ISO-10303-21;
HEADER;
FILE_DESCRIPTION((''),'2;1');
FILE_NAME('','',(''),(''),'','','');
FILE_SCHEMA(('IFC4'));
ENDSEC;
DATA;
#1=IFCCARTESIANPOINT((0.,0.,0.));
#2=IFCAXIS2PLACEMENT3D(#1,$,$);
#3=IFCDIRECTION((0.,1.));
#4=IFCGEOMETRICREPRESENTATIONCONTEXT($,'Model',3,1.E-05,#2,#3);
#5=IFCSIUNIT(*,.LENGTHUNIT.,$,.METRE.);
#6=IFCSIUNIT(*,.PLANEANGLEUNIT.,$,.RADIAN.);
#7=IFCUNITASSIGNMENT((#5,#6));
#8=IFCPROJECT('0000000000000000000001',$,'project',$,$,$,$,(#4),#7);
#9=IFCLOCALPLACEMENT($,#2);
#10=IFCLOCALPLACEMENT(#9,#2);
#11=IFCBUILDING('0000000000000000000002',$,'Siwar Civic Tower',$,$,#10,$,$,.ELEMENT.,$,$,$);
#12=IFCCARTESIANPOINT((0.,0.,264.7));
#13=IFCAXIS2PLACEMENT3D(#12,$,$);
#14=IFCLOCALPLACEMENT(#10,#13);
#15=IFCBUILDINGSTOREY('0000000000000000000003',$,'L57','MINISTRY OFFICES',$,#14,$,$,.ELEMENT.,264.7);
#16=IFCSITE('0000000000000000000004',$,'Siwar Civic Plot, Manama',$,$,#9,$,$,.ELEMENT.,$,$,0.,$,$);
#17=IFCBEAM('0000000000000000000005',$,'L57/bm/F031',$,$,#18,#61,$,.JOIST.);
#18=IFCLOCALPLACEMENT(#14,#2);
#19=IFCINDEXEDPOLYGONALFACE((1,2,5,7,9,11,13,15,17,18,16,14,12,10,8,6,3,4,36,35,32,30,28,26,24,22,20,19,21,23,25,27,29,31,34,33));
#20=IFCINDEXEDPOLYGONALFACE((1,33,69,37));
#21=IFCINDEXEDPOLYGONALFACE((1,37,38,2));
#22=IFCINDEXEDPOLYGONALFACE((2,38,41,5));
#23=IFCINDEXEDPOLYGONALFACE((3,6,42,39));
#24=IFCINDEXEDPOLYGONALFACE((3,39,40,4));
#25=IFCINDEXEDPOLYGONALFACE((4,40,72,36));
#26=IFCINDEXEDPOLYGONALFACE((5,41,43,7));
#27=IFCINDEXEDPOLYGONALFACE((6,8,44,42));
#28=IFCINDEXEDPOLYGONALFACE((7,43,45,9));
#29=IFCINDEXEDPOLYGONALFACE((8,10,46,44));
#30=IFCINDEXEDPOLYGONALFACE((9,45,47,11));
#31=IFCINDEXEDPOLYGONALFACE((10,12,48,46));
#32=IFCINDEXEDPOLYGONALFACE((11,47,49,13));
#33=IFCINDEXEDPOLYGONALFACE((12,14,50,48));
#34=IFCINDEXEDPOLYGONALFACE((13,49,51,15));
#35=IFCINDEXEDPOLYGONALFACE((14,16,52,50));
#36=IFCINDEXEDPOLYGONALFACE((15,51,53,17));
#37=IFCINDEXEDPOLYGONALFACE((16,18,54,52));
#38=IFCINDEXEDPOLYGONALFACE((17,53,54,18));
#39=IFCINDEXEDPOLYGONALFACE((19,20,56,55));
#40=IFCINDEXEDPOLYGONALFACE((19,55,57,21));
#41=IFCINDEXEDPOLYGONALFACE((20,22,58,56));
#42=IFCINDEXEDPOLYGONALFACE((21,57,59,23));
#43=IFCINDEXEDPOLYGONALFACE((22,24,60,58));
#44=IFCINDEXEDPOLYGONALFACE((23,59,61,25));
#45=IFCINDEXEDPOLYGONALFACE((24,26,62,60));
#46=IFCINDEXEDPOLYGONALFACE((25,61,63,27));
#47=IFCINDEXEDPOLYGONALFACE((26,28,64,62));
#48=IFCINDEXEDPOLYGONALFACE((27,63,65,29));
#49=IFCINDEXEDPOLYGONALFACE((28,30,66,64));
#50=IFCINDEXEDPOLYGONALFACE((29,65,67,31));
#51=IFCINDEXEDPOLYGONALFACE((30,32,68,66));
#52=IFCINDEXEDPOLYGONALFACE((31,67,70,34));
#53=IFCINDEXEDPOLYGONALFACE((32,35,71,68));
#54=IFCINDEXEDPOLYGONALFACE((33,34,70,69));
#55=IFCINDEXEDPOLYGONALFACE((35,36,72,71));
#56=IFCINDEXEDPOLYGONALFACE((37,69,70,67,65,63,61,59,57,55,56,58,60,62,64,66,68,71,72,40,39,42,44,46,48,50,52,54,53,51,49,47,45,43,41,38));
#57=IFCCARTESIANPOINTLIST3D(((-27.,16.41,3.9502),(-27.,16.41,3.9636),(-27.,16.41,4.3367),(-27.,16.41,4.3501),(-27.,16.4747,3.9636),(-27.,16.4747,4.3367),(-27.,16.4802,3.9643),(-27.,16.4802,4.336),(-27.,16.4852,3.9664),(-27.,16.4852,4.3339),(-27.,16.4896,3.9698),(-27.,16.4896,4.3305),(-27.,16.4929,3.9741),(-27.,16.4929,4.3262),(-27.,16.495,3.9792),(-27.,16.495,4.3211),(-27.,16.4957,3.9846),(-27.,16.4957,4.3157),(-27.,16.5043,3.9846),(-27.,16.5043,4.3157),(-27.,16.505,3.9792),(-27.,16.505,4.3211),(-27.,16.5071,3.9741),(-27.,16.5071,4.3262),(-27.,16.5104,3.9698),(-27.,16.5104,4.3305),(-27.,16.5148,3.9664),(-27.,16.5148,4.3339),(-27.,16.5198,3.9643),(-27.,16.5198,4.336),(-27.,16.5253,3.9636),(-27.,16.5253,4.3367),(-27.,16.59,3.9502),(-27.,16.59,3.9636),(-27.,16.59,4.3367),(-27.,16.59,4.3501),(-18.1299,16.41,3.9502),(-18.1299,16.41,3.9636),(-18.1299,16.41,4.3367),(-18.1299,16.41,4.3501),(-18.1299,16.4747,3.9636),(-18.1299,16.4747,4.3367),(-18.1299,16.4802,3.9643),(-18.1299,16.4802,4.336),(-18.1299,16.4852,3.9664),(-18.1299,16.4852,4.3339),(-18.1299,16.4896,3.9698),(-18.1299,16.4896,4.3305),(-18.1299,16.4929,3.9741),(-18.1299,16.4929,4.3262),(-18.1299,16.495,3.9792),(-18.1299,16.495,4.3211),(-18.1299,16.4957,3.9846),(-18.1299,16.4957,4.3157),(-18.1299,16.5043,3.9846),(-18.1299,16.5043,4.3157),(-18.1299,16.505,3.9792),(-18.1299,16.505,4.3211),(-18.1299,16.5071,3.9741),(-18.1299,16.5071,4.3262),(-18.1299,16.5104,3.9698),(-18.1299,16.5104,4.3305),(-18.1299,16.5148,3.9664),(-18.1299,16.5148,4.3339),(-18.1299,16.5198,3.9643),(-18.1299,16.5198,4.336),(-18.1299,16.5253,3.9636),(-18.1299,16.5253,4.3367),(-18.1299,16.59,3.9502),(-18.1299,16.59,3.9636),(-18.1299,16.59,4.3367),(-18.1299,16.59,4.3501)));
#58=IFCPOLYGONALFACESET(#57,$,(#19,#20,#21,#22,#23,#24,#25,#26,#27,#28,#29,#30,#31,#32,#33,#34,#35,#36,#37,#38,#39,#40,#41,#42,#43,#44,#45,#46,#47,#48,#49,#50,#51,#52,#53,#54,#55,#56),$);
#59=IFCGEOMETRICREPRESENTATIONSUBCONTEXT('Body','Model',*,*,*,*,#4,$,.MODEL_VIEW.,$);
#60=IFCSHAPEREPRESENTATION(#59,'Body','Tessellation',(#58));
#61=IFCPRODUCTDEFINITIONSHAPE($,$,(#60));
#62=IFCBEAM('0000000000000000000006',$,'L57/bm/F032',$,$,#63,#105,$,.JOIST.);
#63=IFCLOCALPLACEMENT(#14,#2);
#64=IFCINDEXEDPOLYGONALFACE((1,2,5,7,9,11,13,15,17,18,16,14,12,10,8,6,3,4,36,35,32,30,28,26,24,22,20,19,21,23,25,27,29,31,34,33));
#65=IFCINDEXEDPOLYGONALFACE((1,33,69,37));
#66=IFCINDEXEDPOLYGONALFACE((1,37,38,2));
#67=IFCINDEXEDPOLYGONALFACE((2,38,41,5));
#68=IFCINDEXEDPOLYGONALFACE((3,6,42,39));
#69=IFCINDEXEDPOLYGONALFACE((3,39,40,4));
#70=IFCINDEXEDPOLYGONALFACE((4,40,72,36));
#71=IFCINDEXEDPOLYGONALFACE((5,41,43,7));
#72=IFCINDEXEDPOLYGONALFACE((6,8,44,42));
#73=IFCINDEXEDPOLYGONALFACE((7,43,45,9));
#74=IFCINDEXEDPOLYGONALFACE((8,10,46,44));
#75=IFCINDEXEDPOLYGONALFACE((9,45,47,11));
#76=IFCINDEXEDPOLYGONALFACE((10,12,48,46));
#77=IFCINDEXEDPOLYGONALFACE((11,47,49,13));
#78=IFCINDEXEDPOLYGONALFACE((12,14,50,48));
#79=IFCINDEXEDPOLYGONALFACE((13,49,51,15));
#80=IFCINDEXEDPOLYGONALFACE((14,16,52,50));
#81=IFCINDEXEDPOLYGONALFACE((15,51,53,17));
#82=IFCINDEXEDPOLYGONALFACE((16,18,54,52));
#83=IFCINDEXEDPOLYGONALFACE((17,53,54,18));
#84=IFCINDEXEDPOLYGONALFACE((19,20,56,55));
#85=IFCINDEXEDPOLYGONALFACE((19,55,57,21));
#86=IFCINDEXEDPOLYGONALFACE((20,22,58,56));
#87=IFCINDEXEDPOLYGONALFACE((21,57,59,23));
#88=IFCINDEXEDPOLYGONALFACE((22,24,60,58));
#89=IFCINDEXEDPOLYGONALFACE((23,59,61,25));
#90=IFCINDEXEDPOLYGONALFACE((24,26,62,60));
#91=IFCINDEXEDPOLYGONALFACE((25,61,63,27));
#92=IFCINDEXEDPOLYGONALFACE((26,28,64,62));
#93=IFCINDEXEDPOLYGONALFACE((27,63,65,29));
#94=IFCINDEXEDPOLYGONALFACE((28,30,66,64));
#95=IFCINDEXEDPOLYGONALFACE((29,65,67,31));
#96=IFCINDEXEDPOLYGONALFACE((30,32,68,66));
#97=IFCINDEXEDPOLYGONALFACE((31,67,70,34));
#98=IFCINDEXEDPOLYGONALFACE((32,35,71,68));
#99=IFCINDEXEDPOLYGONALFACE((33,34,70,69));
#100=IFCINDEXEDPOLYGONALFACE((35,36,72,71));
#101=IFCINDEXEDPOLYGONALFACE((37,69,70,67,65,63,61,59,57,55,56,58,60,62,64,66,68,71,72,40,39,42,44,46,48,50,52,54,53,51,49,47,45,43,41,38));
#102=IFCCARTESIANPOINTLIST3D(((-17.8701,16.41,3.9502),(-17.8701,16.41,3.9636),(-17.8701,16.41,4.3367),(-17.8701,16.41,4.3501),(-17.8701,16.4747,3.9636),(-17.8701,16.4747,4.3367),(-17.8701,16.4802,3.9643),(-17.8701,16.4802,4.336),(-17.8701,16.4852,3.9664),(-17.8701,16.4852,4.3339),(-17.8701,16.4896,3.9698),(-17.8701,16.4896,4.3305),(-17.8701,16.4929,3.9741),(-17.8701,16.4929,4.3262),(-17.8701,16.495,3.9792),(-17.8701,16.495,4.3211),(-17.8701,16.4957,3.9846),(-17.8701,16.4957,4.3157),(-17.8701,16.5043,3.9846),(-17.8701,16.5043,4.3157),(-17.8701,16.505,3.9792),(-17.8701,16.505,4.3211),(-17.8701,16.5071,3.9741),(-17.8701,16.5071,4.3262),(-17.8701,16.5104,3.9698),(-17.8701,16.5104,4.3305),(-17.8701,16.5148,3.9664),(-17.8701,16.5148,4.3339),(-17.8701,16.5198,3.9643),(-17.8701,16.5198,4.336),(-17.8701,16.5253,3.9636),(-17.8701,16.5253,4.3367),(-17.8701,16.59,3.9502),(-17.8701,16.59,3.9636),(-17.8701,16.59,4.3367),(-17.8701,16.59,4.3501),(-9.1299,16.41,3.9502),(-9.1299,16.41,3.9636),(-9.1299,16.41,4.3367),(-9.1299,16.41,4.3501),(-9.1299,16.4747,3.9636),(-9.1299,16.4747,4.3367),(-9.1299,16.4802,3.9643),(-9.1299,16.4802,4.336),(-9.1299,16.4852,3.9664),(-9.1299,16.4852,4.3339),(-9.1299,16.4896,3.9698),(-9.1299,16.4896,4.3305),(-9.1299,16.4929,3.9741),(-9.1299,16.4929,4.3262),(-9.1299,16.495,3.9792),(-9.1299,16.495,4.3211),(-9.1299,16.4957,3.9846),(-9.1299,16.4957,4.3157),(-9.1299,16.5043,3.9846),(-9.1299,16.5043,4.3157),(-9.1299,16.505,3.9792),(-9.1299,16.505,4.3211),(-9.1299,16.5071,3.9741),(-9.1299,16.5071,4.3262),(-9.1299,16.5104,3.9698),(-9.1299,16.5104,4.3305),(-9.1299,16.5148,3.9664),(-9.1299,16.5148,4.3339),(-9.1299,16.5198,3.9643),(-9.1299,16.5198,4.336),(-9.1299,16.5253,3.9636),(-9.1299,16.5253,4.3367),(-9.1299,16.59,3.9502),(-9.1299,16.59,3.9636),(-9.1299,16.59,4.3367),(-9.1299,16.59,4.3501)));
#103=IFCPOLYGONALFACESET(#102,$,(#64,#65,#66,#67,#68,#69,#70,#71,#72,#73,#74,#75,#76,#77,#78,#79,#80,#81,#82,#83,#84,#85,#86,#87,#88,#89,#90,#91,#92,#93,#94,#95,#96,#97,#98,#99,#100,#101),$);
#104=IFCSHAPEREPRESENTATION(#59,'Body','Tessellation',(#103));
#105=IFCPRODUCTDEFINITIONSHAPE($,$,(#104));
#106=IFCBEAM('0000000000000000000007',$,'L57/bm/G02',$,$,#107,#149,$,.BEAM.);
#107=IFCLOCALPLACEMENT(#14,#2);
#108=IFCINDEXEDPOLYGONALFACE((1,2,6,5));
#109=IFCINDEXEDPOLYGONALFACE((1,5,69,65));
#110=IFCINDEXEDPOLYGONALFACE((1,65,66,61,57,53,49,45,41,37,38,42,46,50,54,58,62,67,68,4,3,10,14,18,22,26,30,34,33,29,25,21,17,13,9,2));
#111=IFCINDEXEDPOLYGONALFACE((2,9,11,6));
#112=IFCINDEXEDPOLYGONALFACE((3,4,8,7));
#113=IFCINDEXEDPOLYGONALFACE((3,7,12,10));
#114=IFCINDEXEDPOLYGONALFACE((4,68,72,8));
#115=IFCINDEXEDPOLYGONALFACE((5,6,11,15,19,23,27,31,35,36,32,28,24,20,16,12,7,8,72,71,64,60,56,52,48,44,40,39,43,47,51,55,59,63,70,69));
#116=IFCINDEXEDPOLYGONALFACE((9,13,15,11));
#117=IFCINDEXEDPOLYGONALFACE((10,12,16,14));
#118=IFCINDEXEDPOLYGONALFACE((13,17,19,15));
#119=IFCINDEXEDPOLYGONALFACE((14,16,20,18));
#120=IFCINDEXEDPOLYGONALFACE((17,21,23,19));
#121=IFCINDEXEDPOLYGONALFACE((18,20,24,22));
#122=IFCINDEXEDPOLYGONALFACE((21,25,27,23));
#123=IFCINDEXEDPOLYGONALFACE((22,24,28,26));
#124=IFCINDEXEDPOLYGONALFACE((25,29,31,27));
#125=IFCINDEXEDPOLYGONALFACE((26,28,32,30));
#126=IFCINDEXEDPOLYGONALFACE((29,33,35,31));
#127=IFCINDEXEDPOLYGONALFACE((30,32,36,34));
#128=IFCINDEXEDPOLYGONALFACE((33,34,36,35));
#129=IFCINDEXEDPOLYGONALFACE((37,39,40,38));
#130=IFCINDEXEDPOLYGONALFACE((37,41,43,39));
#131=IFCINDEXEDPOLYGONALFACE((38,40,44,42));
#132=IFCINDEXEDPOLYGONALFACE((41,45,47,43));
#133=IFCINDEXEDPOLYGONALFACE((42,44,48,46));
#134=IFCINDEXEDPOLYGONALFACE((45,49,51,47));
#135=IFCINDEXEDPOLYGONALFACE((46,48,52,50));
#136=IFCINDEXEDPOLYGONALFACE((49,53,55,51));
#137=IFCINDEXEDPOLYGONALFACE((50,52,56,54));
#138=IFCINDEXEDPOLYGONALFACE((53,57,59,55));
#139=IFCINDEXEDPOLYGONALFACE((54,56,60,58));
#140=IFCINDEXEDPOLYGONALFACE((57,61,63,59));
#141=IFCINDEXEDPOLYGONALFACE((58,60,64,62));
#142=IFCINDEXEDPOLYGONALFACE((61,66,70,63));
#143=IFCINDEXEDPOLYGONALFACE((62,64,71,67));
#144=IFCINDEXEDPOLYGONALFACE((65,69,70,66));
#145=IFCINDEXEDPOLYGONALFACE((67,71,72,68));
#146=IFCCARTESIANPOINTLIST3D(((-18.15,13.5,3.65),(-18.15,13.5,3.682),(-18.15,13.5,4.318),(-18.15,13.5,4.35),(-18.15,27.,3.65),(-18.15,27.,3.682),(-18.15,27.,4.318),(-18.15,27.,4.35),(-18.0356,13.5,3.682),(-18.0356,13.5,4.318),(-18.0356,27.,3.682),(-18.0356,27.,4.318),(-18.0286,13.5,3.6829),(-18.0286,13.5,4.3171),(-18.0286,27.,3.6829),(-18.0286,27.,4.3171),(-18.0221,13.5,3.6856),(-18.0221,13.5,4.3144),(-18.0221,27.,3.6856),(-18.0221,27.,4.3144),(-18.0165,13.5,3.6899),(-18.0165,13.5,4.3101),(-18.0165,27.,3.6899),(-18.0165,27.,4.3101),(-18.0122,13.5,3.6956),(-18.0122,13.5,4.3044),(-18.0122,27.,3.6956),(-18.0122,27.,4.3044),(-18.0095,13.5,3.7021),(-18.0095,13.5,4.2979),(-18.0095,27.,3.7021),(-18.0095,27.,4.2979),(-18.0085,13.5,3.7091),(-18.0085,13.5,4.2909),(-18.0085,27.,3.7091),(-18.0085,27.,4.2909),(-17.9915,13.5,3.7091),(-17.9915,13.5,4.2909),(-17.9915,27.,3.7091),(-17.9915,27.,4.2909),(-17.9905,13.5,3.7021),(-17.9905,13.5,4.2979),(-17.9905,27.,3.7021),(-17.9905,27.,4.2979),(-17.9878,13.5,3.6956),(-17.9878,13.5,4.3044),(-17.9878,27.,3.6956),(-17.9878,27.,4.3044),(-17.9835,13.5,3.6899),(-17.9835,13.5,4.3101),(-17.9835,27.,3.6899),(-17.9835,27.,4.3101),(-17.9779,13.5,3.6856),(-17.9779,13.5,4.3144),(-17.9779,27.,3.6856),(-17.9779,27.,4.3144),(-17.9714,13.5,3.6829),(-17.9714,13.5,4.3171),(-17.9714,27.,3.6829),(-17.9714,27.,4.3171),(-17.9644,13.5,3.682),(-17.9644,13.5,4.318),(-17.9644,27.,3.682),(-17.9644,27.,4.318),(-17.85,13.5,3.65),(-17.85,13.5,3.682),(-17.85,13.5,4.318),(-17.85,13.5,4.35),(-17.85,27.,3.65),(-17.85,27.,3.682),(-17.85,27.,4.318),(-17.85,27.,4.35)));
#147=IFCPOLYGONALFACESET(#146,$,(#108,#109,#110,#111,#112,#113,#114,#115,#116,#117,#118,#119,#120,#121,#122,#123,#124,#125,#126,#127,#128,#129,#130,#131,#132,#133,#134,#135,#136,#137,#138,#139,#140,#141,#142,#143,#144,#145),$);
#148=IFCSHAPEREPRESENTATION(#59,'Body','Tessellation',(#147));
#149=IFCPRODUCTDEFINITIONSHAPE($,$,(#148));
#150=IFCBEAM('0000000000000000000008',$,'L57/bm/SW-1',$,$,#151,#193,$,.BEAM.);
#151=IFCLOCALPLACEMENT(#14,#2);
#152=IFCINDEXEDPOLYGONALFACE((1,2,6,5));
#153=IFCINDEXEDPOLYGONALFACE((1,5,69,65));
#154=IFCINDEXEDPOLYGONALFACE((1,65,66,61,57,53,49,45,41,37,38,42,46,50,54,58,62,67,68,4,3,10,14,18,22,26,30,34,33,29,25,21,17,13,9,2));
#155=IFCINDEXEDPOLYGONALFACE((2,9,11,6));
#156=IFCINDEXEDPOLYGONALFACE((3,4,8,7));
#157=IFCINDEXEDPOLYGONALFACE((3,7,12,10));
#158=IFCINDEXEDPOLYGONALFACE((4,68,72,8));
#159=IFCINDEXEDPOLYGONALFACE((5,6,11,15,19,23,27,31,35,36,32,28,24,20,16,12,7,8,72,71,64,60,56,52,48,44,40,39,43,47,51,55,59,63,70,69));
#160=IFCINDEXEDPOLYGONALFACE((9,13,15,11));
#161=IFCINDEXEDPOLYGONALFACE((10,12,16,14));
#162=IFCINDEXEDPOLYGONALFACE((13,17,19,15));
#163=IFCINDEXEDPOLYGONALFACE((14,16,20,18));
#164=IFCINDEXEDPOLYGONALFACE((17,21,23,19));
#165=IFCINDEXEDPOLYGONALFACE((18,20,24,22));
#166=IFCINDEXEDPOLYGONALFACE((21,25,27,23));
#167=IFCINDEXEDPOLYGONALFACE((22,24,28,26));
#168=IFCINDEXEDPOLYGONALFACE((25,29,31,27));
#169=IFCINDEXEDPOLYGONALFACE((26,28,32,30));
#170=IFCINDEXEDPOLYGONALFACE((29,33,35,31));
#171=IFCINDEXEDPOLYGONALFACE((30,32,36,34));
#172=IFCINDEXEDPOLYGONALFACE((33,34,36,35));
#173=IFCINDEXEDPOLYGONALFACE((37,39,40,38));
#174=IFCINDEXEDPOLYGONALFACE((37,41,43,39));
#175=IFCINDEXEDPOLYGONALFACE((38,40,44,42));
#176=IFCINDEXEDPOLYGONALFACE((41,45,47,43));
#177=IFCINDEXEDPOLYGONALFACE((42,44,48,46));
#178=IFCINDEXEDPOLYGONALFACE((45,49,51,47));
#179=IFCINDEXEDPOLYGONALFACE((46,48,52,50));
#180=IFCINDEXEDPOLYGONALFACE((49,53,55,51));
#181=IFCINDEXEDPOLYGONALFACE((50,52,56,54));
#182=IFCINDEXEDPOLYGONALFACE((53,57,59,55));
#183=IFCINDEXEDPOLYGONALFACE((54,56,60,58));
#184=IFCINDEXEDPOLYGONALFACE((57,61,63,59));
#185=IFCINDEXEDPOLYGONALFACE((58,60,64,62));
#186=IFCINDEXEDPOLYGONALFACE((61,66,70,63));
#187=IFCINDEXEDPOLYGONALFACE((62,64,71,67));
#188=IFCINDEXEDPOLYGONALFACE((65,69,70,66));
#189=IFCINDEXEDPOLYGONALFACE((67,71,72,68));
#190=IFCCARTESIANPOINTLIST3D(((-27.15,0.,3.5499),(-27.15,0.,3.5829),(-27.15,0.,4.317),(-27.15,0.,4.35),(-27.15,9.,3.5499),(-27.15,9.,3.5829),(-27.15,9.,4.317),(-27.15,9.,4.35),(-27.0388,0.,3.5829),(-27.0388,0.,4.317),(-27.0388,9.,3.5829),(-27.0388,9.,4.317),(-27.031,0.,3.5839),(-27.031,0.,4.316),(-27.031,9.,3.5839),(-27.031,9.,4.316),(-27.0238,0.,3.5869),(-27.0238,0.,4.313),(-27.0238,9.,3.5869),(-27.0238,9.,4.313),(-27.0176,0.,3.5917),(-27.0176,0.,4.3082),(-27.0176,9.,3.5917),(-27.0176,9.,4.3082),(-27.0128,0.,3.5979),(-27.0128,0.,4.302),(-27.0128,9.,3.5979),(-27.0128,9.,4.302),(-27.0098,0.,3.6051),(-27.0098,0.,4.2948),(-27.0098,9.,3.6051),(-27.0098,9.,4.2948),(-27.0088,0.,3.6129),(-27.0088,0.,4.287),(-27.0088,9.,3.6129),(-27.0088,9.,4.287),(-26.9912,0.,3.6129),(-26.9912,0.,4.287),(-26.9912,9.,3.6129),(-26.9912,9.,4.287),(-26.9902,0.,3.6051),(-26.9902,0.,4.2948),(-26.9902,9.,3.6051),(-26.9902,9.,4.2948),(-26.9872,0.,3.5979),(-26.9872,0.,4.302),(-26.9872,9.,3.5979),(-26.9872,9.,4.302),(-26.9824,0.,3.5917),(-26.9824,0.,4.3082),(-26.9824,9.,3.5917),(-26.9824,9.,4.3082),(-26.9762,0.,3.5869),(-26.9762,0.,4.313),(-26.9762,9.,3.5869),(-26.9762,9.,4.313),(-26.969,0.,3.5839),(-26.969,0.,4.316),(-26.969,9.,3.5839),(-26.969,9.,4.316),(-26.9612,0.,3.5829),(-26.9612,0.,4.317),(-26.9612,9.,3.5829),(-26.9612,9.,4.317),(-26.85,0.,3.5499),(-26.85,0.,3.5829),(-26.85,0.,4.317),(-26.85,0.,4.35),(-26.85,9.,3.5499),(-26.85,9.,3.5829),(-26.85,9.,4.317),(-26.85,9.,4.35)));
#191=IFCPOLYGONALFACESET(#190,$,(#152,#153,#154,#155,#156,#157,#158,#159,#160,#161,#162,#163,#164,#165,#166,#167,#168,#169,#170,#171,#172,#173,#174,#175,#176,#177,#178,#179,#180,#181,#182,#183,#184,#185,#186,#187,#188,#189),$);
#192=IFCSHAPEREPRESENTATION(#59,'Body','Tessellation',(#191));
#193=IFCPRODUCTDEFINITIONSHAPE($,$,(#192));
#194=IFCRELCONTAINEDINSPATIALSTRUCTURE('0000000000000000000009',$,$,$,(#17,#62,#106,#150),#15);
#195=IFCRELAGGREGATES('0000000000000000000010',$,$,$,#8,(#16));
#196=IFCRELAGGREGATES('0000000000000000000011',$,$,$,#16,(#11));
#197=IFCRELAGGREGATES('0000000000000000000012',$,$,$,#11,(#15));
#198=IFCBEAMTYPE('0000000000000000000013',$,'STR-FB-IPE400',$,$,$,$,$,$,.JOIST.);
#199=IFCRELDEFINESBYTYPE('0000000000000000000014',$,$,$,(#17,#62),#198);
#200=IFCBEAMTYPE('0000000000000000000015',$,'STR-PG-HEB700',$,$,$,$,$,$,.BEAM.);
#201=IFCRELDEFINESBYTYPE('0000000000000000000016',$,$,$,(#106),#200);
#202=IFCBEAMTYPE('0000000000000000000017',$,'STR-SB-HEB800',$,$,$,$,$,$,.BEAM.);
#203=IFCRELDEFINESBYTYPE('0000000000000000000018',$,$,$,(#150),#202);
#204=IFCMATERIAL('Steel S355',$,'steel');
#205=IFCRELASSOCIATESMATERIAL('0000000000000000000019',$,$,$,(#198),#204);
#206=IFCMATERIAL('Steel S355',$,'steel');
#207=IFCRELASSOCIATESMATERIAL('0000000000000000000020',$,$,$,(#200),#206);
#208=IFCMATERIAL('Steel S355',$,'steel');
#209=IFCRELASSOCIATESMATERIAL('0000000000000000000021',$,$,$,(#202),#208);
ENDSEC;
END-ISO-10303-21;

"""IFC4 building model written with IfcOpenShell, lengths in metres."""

from ifc_helpers import new_model, si_unit, direction, frame, origin, origin_2d, place, context, subcontext, project, spatial, i_section, extrude, material, material_profile, profile_set, type_object, element, save


model = new_model("IFC4")

# Units and contexts
model_context = context("Model", 3, precision=1e-05, world=origin(), true_north=direction((0.0, 1.0)))
body_context = subcontext(model_context, "Body", "Model", "MODEL_VIEW")
ifc_project = project(units=[si_unit("LENGTHUNIT", "METRE"), si_unit("PLANEANGLEUNIT", "RADIAN")], contexts=[model_context])

# Site, building, storey
site_placement = place(None, origin())
site = spatial("IfcSite", under=ifc_project, at=site_placement, Name="Siwar Civic Plot, Manama", CompositionType="ELEMENT", RefElevation=0.0)
building_placement = place(site_placement, origin())
building = spatial("IfcBuilding", under=site, at=building_placement, Name="Siwar Civic Tower", CompositionType="ELEMENT")
storey_placement = place(building_placement, frame((0.0, 0.0, 264.7)))
storey = spatial("IfcBuildingStorey", under=building, at=storey_placement, Name="L57", Description="MINISTRY OFFICES", CompositionType="ELEMENT", Elevation=264.7)

# Beams
ifc_material_1 = material(Name="Steel S355", Category="steel")
ifc_material_profile_1 = material_profile(ifc_material_1, i_section(OverallWidth=0.1799, OverallDepth=0.3999, WebThickness=0.0085, FlangeThickness=0.0134, FilletRadius=0.021, at=origin_2d()), Name="IPE400")
ifc_profile_set_1 = profile_set([ifc_material_profile_1], Name="Steel S355")
beam_type_1 = type_object("IfcBeamType", Name="STR-FB-IPE400", PredefinedType="JOIST", material=ifc_profile_set_1)
beam_1_placement = place(storey_placement, frame((-27.0, 16.5, 4.1501), z_axis=(1.0, 0.0, 0.0), x_axis=(0.0, 1.0, 0.0)))
element("IfcBeam", 1, at=beam_1_placement, inside=storey, type_object=beam_type_1, Name="L57/bm/F031", PredefinedType="JOIST", context=body_context, shape_type="SweptSolid", body=[
    extrude(i_section(OverallWidth=0.1799, OverallDepth=0.3999, WebThickness=0.0085, FlangeThickness=0.0134, FilletRadius=0.021, at=origin_2d()), origin(), (0.0, 0.0, 1.0), 8.8701),
])
beam_2_placement = place(storey_placement, frame((-17.8701, 16.5, 4.1501), z_axis=(1.0, 0.0, 0.0), x_axis=(0.0, 1.0, 0.0)))
element("IfcBeam", 2, at=beam_2_placement, inside=storey, type_object=beam_type_1, Name="L57/bm/F032", PredefinedType="JOIST", context=body_context, shape_type="SweptSolid", body=[
    extrude(i_section(OverallWidth=0.1799, OverallDepth=0.3999, WebThickness=0.0085, FlangeThickness=0.0134, FilletRadius=0.021, at=origin_2d()), origin(), (0.0, 0.0, 1.0), 8.7402),
])
ifc_material_2 = material(Name="Steel S355", Category="steel")
ifc_material_profile_2 = material_profile(ifc_material_2, i_section(OverallWidth=0.3, OverallDepth=0.7, WebThickness=0.0171, FlangeThickness=0.032, FilletRadius=0.0271, at=origin_2d()), Name="HEB700")
ifc_profile_set_2 = profile_set([ifc_material_profile_2], Name="Steel S355")
beam_type_2 = type_object("IfcBeamType", Name="STR-PG-HEB700", PredefinedType="BEAM", material=ifc_profile_set_2)
beam_3_placement = place(storey_placement, frame((-18.0, 13.5, 4.0), z_axis=(0.0, 1.0, 0.0), x_axis=(-1.0, 0.0, 0.0)))
element("IfcBeam", 3, at=beam_3_placement, inside=storey, type_object=beam_type_2, Name="L57/bm/G02", PredefinedType="BEAM", context=body_context, shape_type="SweptSolid", body=[
    extrude(i_section(OverallWidth=0.3, OverallDepth=0.7, WebThickness=0.0171, FlangeThickness=0.032, FilletRadius=0.0271, at=origin_2d()), origin(), (0.0, 0.0, 1.0), 13.5),
])
ifc_material_3 = material(Name="Steel S355", Category="steel")
ifc_material_profile_3 = material_profile(ifc_material_3, i_section(OverallWidth=0.3, OverallDepth=0.8, WebThickness=0.0176, FlangeThickness=0.033, FilletRadius=0.03, at=origin_2d()), Name="HEB800")
ifc_profile_set_3 = profile_set([ifc_material_profile_3], Name="Steel S355")
beam_type_3 = type_object("IfcBeamType", Name="STR-SB-HEB800", PredefinedType="BEAM", material=ifc_profile_set_3)
for number, where, z_axis, x_axis, name in (
    (4, (-27.0, 9.0, 3.95), (0.0, -1.0, 0.0), (1.0, 0.0, 0.0), "L57/bm/SW-1"),
):
    element("IfcBeam", number, at=place(storey_placement, frame(where, z_axis=z_axis, x_axis=x_axis)), inside=storey, type_object=beam_type_3, Name=name, PredefinedType="BEAM", context=body_context, shape_type="SweptSolid", body=[
        extrude(i_section(OverallWidth=0.3, OverallDepth=0.8, WebThickness=0.0176, FlangeThickness=0.033, FilletRadius=0.03, at=origin_2d()), origin(), (0.0, 0.0, 1.0), 9.0),
    ])

save(model, "model.ifc")
